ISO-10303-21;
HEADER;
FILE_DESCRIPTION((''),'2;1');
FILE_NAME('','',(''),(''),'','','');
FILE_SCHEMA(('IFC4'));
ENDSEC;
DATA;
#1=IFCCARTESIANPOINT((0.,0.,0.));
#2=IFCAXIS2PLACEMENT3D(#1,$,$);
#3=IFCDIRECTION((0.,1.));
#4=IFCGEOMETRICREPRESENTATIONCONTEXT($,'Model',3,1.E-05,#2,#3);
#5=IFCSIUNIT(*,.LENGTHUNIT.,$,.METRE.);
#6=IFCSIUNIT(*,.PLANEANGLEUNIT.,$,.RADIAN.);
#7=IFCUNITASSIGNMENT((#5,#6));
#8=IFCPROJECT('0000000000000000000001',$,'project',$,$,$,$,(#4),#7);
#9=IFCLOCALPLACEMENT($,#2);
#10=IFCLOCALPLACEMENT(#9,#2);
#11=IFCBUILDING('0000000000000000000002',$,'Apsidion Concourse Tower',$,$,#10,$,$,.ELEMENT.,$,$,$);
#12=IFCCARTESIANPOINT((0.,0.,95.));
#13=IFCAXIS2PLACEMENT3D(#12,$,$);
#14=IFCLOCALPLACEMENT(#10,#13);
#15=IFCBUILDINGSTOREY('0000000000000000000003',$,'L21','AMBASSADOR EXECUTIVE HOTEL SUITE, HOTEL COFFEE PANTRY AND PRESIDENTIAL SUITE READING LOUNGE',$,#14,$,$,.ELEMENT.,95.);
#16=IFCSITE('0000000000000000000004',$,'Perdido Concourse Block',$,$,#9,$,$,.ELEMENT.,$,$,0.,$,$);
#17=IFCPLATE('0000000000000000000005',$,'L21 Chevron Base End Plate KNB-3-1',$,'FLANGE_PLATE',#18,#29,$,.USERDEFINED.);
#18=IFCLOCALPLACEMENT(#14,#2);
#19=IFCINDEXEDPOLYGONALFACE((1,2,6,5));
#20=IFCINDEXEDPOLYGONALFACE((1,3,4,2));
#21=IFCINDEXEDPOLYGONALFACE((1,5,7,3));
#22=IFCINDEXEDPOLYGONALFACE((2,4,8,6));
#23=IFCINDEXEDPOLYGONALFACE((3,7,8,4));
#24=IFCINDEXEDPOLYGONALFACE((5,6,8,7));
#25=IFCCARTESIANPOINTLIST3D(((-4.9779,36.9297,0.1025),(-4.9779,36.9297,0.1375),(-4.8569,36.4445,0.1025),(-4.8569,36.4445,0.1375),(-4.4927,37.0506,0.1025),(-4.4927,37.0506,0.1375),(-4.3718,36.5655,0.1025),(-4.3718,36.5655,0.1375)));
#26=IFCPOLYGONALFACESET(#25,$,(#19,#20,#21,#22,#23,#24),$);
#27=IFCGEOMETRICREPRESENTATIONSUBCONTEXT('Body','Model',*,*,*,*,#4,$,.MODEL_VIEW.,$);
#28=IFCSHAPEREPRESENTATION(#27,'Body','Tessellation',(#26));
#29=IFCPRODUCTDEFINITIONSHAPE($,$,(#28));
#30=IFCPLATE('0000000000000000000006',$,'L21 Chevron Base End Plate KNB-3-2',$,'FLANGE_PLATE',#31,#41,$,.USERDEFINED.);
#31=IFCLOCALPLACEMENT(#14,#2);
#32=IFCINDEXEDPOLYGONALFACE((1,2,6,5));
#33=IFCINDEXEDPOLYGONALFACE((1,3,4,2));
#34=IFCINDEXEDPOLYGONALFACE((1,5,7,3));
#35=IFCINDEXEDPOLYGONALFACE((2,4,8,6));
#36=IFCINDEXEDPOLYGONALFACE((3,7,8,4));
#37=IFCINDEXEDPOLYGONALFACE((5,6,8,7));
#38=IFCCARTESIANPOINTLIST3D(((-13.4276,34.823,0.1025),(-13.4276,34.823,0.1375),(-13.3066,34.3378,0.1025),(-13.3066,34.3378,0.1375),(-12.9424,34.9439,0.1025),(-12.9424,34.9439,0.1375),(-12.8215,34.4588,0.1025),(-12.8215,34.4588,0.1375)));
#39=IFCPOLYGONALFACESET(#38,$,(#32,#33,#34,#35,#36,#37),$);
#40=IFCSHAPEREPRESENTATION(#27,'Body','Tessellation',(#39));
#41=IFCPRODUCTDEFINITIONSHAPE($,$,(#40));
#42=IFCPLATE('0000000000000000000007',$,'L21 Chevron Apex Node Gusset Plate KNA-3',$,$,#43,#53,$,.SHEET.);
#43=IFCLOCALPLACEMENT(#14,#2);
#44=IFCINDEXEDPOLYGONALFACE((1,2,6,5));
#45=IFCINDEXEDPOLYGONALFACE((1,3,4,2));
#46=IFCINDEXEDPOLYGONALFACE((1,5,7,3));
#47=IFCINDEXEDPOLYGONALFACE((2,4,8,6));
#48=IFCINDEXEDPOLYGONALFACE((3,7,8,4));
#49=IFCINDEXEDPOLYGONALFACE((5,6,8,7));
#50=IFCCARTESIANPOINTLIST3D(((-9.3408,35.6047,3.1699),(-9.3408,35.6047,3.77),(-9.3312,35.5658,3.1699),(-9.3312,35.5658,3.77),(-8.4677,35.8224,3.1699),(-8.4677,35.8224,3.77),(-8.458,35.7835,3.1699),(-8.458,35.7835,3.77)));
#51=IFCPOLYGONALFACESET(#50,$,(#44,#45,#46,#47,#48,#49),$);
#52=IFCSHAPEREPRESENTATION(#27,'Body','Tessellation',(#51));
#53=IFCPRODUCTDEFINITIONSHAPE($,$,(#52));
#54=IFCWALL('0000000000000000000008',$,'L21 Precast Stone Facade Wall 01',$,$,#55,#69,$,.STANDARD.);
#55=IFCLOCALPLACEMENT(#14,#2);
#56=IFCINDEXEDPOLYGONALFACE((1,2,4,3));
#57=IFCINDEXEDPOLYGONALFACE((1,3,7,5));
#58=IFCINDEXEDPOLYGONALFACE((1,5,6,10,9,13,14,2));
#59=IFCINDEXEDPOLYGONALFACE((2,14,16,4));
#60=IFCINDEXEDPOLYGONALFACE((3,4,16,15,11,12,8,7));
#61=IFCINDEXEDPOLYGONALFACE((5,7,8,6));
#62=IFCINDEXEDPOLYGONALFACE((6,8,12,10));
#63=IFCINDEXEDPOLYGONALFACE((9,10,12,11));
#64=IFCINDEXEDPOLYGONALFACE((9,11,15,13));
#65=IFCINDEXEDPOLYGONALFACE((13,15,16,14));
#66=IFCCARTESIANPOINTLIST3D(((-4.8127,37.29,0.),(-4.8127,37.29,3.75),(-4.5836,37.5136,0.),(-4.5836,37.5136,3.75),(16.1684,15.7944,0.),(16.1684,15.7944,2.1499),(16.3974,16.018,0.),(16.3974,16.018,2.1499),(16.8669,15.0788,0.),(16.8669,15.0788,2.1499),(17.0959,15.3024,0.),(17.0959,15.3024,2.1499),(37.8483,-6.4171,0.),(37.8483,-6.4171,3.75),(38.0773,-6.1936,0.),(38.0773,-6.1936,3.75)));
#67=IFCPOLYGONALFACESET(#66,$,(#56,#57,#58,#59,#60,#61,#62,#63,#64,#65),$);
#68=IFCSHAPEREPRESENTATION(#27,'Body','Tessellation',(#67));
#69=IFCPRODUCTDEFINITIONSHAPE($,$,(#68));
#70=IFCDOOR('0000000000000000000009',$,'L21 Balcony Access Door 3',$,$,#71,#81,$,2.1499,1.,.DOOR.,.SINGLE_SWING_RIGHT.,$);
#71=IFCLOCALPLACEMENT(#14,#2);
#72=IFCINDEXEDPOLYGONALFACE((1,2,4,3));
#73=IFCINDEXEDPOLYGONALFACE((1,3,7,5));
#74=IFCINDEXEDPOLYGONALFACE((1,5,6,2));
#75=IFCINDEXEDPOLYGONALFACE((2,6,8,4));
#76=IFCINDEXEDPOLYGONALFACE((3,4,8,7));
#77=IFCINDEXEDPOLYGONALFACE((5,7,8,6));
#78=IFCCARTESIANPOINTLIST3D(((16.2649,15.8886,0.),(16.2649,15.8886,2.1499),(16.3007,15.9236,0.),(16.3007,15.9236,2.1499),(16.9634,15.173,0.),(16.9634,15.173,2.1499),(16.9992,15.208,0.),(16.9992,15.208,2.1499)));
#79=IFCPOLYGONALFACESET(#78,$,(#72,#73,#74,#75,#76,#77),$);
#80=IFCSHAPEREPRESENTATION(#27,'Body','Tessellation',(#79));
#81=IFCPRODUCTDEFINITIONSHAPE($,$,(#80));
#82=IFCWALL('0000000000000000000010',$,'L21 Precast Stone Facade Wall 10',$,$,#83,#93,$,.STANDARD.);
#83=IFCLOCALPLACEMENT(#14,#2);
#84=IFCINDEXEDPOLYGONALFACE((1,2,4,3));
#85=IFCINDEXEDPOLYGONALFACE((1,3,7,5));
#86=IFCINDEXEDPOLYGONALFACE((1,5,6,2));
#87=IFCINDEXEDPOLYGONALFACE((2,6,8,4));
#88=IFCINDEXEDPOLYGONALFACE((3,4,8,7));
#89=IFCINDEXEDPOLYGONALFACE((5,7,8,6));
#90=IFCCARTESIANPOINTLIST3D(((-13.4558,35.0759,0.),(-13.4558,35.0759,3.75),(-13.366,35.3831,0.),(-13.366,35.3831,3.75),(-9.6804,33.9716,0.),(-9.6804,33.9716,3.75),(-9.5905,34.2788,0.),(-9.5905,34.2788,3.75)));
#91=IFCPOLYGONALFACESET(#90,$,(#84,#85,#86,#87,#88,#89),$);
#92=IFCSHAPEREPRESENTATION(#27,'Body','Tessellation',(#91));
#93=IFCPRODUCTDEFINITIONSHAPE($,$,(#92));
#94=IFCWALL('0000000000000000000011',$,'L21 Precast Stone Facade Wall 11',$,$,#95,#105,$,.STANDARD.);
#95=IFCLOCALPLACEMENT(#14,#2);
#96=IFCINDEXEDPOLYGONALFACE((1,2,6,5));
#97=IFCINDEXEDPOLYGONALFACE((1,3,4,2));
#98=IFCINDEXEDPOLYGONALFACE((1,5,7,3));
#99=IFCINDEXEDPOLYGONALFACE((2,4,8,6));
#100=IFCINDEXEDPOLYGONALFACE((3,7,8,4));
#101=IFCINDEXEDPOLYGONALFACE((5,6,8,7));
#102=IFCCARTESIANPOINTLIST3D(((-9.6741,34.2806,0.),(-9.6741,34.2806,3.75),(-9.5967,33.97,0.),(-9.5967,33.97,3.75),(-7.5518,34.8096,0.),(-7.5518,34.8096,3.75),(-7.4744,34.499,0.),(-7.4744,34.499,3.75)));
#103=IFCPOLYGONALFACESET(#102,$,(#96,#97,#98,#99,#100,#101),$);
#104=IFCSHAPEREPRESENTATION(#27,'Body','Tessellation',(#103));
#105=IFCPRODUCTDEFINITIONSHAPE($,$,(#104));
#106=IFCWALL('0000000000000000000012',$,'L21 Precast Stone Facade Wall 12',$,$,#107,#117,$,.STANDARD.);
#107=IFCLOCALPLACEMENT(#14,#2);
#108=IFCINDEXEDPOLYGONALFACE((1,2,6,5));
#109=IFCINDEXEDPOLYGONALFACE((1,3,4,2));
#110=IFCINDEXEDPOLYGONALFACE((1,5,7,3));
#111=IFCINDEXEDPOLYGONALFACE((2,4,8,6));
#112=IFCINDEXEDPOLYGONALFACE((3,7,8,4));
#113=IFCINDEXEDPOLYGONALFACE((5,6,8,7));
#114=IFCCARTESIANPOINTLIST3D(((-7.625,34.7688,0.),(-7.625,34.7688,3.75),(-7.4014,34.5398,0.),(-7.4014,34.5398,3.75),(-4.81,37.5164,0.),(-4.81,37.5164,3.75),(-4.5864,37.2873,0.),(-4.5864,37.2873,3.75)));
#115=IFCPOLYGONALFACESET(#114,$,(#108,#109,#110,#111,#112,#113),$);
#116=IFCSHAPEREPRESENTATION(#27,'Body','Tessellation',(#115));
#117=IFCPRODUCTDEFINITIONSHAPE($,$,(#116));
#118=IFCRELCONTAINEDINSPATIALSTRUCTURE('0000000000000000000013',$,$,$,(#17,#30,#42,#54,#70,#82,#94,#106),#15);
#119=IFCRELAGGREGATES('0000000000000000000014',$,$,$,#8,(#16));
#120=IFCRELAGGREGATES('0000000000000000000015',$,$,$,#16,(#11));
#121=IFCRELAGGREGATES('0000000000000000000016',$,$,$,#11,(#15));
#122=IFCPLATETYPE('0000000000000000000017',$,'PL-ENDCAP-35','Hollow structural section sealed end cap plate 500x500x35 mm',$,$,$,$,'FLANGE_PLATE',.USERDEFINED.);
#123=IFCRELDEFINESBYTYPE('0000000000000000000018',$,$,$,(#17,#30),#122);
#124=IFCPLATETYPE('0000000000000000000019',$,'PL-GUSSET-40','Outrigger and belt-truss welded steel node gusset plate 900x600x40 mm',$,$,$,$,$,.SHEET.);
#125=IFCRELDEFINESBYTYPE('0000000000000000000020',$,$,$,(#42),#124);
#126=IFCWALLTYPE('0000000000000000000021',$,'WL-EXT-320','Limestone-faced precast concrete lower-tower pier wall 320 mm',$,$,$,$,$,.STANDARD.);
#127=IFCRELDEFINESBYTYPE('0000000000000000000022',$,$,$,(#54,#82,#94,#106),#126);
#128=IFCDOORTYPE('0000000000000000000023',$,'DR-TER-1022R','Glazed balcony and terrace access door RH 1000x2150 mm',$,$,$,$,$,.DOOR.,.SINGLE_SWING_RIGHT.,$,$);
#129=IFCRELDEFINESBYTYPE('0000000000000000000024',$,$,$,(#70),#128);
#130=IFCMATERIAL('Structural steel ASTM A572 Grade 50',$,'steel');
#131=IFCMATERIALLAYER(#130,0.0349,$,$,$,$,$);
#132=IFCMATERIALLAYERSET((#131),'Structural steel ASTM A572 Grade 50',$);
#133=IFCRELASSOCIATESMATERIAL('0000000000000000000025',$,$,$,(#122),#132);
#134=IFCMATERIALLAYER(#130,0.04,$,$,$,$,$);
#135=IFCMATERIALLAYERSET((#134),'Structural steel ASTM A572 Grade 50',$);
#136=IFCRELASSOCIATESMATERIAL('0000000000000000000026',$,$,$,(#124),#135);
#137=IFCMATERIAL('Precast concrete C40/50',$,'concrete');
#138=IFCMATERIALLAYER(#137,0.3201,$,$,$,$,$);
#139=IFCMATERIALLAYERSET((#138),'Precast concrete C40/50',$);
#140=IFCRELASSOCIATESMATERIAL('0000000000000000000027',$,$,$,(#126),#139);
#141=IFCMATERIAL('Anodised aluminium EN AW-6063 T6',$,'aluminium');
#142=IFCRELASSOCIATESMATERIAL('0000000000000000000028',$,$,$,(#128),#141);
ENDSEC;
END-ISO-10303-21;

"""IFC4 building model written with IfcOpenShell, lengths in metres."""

from ifc_helpers import new_model, si_unit, direction, frame, frame_2d, origin, origin_2d, place, context, subcontext, project, spatial, rectangle, extrude, material, layer, layer_set, type_object, element, fill, save


model = new_model("IFC4")

# Units and contexts
model_context = context("Model", 3, precision=1e-05, world=origin(), true_north=direction((0.0, 1.0)))
body_context = subcontext(model_context, "Body", "Model", "MODEL_VIEW")
ifc_project = project(units=[si_unit("LENGTHUNIT", "METRE"), si_unit("PLANEANGLEUNIT", "RADIAN")], contexts=[model_context])

# Site, building, storey
site_placement = place(None, origin())
site = spatial("IfcSite", under=ifc_project, at=site_placement, Name="Perdido Concourse Block", CompositionType="ELEMENT", RefElevation=0.0)
building_placement = place(site_placement, origin())
building = spatial("IfcBuilding", under=site, at=building_placement, Name="Apsidion Concourse Tower", CompositionType="ELEMENT")
storey_placement = place(building_placement, frame((0.0, 0.0, 95.0)))
storey = spatial("IfcBuildingStorey", under=building, at=storey_placement, Name="L21", Description="AMBASSADOR EXECUTIVE HOTEL SUITE, HOTEL COFFEE PANTRY AND PRESIDENTIAL SUITE READING LOUNGE", CompositionType="ELEMENT", Elevation=95.0)

# Shared definitions
ifc_material_1 = material(Name="Structural steel ASTM A572 Grade 50", Category="steel")

# Plates
ifc_layer_1 = layer(ifc_material_1, 0.0349)
ifc_layer_set_1 = layer_set([ifc_layer_1], Name="Structural steel ASTM A572 Grade 50")
plate_type_1 = type_object("IfcPlateType", Name="PL-ENDCAP-35", Description="Hollow structural section sealed end cap plate 500x500x35 mm", ElementType="FLANGE_PLATE", PredefinedType="USERDEFINED", material=ifc_layer_set_1)
for number, where, z_axis, x_axis, name in (
    (1, (-4.6748, 36.7476, 0.1025), (0.0, 0.0, 1.0), (0.970296, 0.241922, 0.0), "L21 Chevron Base End Plate KNB-3-1"),
    (2, (-13.1245, 34.6409, 0.1025), (0.0, 0.0, 1.0), (0.970296, 0.241922, 0.0), "L21 Chevron Base End Plate KNB-3-2"),
):
    element("IfcPlate", number, at=place(storey_placement, frame(where, z_axis=z_axis, x_axis=x_axis)), inside=storey, type_object=plate_type_1, Name=name, ObjectType="FLANGE_PLATE", PredefinedType="USERDEFINED", context=body_context, shape_type="SweptSolid", body=[
        extrude(rectangle(XDim=0.5, YDim=0.5, at=origin_2d()), origin(), (0.0, 0.0, 1.0), 0.0349),
    ])
ifc_layer_2 = layer(ifc_material_1, 0.04)
ifc_layer_set_2 = layer_set([ifc_layer_2], Name="Structural steel ASTM A572 Grade 50")
plate_type_2 = type_object("IfcPlateType", Name="PL-GUSSET-40", Description="Outrigger and belt-truss welded steel node gusset plate 900x600x40 mm", PredefinedType="SHEET", material=ifc_layer_set_2)
plate_placement = place(storey_placement, frame((-8.8994, 35.6941, 3.1699), z_axis=(0.0, 0.0, 1.0), x_axis=(0.970296, 0.241922, 0.0)))
element("IfcPlate", 3, at=plate_placement, inside=storey, type_object=plate_type_2, Name="L21 Chevron Apex Node Gusset Plate KNA-3", PredefinedType="SHEET", context=body_context, shape_type="SweptSolid", body=[
    extrude(rectangle(XDim=0.8999, YDim=0.04, at=origin_2d()), origin(), (0.0, 0.0, 1.0), 0.6001),
])

# Wall, opening, door
ifc_material_2 = material(Name="Precast concrete C40/50", Category="concrete")
ifc_layer_3 = layer(ifc_material_2, 0.3201)
ifc_layer_set_3 = layer_set([ifc_layer_3], Name="Precast concrete C40/50")
wall_type = type_object("IfcWallType", Name="WL-EXT-320", Description="Limestone-faced precast concrete lower-tower pier wall 320 mm", PredefinedType="STANDARD", material=ifc_layer_set_3)
wall_1_placement = place(storey_placement, frame((-4.6982, 37.4019, 0.0), z_axis=(0.0, 0.0, 1.0), x_axis=(0.698491, -0.715619, 0.0)))
wall_1 = element("IfcWall", 4, at=wall_1_placement, inside=storey, type_object=wall_type, Name="L21 Precast Stone Facade Wall 01", PredefinedType="STANDARD", context=body_context, shape_type="SweptSolid", body=[
    extrude(rectangle(XDim=61.0759, YDim=0.3201, at=frame_2d((30.5381, 0.0))), origin(), (0.0, 0.0, 1.0), 3.75),
])
opening_placement = place(wall_1_placement, frame((30.0378, 0.0, 0.0)))
opening = element("IfcOpeningElement", 5, at=opening_placement, cuts=wall_1, PredefinedType="OPENING", context=body_context, shape_type="SweptSolid", body=[
    extrude(rectangle(XDim=1.0, YDim=2.1499, at=frame_2d((0.5, 1.075))), frame((0.0, 0.1699, 0.0), z_axis=(0.0, -1.0, 0.0), x_axis=(1.0, 0.0, 0.0)), (0.0, 0.0, 1.0), 0.3401),
])
ifc_material_3 = material(Name="Anodised aluminium EN AW-6063 T6", Category="aluminium")
door_type = type_object("IfcDoorType", Name="DR-TER-1022R", Description="Glazed balcony and terrace access door RH 1000x2150 mm", OperationType="SINGLE_SWING_RIGHT", PredefinedType="DOOR", material=ifc_material_3)
door_placement = place(opening_placement, origin())
door = element("IfcDoor", 6, at=door_placement, inside=storey, type_object=door_type, Name="L21 Balcony Access Door 3", OperationType="SINGLE_SWING_RIGHT", OverallHeight=2.1499, OverallWidth=1.0, PredefinedType="DOOR", context=body_context, shape_type="SweptSolid", body=[
    extrude(rectangle(XDim=1.0, YDim=2.1499, at=frame_2d((0.5, 1.075))), frame((0.0, 0.0249, 0.0), z_axis=(0.0, -1.0, 0.0), x_axis=(1.0, 0.0, 0.0)), (0.0, 0.0, 1.0), 0.05),
])
fill(opening, door)

# Walls
wall_2_placement = place(storey_placement, frame((-13.4109, 35.2295, 0.0), z_axis=(0.0, 0.0, 1.0), x_axis=(0.959788, -0.280724, 0.0)))
element("IfcWall", 7, at=wall_2_placement, inside=storey, type_object=wall_type, Name="L21 Precast Stone Facade Wall 10", PredefinedType="STANDARD", context=body_context, shape_type="SweptSolid", body=[
    extrude(rectangle(XDim=3.9336, YDim=0.3201, at=frame_2d((1.9668, 0.0))), origin(), (0.0, 0.0, 1.0), 3.75),
])
wall_3_placement = place(storey_placement, frame((-9.6355, 34.1252, 0.0), z_axis=(0.0, 0.0, 1.0), x_axis=(0.970306, 0.241879, 0.0)))
element("IfcWall", 8, at=wall_3_placement, inside=storey, type_object=wall_type, Name="L21 Precast Stone Facade Wall 11", PredefinedType="STANDARD", context=body_context, shape_type="SweptSolid", body=[
    extrude(rectangle(XDim=2.1873, YDim=0.3201, at=frame_2d((1.0938, 0.0))), origin(), (0.0, 0.0, 1.0), 3.75),
])
wall_4_placement = place(storey_placement, frame((-7.5132, 34.6543, 0.0), z_axis=(0.0, 0.0, 1.0), x_axis=(0.71562, 0.69849, 0.0)))
element("IfcWall", 9, at=wall_4_placement, inside=storey, type_object=wall_type, Name="L21 Precast Stone Facade Wall 12", PredefinedType="STANDARD", context=body_context, shape_type="SweptSolid", body=[
    extrude(rectangle(XDim=3.9336, YDim=0.3201, at=frame_2d((1.9668, 0.0))), origin(), (0.0, 0.0, 1.0), 3.75),
])

save(model, "model.ifc")
